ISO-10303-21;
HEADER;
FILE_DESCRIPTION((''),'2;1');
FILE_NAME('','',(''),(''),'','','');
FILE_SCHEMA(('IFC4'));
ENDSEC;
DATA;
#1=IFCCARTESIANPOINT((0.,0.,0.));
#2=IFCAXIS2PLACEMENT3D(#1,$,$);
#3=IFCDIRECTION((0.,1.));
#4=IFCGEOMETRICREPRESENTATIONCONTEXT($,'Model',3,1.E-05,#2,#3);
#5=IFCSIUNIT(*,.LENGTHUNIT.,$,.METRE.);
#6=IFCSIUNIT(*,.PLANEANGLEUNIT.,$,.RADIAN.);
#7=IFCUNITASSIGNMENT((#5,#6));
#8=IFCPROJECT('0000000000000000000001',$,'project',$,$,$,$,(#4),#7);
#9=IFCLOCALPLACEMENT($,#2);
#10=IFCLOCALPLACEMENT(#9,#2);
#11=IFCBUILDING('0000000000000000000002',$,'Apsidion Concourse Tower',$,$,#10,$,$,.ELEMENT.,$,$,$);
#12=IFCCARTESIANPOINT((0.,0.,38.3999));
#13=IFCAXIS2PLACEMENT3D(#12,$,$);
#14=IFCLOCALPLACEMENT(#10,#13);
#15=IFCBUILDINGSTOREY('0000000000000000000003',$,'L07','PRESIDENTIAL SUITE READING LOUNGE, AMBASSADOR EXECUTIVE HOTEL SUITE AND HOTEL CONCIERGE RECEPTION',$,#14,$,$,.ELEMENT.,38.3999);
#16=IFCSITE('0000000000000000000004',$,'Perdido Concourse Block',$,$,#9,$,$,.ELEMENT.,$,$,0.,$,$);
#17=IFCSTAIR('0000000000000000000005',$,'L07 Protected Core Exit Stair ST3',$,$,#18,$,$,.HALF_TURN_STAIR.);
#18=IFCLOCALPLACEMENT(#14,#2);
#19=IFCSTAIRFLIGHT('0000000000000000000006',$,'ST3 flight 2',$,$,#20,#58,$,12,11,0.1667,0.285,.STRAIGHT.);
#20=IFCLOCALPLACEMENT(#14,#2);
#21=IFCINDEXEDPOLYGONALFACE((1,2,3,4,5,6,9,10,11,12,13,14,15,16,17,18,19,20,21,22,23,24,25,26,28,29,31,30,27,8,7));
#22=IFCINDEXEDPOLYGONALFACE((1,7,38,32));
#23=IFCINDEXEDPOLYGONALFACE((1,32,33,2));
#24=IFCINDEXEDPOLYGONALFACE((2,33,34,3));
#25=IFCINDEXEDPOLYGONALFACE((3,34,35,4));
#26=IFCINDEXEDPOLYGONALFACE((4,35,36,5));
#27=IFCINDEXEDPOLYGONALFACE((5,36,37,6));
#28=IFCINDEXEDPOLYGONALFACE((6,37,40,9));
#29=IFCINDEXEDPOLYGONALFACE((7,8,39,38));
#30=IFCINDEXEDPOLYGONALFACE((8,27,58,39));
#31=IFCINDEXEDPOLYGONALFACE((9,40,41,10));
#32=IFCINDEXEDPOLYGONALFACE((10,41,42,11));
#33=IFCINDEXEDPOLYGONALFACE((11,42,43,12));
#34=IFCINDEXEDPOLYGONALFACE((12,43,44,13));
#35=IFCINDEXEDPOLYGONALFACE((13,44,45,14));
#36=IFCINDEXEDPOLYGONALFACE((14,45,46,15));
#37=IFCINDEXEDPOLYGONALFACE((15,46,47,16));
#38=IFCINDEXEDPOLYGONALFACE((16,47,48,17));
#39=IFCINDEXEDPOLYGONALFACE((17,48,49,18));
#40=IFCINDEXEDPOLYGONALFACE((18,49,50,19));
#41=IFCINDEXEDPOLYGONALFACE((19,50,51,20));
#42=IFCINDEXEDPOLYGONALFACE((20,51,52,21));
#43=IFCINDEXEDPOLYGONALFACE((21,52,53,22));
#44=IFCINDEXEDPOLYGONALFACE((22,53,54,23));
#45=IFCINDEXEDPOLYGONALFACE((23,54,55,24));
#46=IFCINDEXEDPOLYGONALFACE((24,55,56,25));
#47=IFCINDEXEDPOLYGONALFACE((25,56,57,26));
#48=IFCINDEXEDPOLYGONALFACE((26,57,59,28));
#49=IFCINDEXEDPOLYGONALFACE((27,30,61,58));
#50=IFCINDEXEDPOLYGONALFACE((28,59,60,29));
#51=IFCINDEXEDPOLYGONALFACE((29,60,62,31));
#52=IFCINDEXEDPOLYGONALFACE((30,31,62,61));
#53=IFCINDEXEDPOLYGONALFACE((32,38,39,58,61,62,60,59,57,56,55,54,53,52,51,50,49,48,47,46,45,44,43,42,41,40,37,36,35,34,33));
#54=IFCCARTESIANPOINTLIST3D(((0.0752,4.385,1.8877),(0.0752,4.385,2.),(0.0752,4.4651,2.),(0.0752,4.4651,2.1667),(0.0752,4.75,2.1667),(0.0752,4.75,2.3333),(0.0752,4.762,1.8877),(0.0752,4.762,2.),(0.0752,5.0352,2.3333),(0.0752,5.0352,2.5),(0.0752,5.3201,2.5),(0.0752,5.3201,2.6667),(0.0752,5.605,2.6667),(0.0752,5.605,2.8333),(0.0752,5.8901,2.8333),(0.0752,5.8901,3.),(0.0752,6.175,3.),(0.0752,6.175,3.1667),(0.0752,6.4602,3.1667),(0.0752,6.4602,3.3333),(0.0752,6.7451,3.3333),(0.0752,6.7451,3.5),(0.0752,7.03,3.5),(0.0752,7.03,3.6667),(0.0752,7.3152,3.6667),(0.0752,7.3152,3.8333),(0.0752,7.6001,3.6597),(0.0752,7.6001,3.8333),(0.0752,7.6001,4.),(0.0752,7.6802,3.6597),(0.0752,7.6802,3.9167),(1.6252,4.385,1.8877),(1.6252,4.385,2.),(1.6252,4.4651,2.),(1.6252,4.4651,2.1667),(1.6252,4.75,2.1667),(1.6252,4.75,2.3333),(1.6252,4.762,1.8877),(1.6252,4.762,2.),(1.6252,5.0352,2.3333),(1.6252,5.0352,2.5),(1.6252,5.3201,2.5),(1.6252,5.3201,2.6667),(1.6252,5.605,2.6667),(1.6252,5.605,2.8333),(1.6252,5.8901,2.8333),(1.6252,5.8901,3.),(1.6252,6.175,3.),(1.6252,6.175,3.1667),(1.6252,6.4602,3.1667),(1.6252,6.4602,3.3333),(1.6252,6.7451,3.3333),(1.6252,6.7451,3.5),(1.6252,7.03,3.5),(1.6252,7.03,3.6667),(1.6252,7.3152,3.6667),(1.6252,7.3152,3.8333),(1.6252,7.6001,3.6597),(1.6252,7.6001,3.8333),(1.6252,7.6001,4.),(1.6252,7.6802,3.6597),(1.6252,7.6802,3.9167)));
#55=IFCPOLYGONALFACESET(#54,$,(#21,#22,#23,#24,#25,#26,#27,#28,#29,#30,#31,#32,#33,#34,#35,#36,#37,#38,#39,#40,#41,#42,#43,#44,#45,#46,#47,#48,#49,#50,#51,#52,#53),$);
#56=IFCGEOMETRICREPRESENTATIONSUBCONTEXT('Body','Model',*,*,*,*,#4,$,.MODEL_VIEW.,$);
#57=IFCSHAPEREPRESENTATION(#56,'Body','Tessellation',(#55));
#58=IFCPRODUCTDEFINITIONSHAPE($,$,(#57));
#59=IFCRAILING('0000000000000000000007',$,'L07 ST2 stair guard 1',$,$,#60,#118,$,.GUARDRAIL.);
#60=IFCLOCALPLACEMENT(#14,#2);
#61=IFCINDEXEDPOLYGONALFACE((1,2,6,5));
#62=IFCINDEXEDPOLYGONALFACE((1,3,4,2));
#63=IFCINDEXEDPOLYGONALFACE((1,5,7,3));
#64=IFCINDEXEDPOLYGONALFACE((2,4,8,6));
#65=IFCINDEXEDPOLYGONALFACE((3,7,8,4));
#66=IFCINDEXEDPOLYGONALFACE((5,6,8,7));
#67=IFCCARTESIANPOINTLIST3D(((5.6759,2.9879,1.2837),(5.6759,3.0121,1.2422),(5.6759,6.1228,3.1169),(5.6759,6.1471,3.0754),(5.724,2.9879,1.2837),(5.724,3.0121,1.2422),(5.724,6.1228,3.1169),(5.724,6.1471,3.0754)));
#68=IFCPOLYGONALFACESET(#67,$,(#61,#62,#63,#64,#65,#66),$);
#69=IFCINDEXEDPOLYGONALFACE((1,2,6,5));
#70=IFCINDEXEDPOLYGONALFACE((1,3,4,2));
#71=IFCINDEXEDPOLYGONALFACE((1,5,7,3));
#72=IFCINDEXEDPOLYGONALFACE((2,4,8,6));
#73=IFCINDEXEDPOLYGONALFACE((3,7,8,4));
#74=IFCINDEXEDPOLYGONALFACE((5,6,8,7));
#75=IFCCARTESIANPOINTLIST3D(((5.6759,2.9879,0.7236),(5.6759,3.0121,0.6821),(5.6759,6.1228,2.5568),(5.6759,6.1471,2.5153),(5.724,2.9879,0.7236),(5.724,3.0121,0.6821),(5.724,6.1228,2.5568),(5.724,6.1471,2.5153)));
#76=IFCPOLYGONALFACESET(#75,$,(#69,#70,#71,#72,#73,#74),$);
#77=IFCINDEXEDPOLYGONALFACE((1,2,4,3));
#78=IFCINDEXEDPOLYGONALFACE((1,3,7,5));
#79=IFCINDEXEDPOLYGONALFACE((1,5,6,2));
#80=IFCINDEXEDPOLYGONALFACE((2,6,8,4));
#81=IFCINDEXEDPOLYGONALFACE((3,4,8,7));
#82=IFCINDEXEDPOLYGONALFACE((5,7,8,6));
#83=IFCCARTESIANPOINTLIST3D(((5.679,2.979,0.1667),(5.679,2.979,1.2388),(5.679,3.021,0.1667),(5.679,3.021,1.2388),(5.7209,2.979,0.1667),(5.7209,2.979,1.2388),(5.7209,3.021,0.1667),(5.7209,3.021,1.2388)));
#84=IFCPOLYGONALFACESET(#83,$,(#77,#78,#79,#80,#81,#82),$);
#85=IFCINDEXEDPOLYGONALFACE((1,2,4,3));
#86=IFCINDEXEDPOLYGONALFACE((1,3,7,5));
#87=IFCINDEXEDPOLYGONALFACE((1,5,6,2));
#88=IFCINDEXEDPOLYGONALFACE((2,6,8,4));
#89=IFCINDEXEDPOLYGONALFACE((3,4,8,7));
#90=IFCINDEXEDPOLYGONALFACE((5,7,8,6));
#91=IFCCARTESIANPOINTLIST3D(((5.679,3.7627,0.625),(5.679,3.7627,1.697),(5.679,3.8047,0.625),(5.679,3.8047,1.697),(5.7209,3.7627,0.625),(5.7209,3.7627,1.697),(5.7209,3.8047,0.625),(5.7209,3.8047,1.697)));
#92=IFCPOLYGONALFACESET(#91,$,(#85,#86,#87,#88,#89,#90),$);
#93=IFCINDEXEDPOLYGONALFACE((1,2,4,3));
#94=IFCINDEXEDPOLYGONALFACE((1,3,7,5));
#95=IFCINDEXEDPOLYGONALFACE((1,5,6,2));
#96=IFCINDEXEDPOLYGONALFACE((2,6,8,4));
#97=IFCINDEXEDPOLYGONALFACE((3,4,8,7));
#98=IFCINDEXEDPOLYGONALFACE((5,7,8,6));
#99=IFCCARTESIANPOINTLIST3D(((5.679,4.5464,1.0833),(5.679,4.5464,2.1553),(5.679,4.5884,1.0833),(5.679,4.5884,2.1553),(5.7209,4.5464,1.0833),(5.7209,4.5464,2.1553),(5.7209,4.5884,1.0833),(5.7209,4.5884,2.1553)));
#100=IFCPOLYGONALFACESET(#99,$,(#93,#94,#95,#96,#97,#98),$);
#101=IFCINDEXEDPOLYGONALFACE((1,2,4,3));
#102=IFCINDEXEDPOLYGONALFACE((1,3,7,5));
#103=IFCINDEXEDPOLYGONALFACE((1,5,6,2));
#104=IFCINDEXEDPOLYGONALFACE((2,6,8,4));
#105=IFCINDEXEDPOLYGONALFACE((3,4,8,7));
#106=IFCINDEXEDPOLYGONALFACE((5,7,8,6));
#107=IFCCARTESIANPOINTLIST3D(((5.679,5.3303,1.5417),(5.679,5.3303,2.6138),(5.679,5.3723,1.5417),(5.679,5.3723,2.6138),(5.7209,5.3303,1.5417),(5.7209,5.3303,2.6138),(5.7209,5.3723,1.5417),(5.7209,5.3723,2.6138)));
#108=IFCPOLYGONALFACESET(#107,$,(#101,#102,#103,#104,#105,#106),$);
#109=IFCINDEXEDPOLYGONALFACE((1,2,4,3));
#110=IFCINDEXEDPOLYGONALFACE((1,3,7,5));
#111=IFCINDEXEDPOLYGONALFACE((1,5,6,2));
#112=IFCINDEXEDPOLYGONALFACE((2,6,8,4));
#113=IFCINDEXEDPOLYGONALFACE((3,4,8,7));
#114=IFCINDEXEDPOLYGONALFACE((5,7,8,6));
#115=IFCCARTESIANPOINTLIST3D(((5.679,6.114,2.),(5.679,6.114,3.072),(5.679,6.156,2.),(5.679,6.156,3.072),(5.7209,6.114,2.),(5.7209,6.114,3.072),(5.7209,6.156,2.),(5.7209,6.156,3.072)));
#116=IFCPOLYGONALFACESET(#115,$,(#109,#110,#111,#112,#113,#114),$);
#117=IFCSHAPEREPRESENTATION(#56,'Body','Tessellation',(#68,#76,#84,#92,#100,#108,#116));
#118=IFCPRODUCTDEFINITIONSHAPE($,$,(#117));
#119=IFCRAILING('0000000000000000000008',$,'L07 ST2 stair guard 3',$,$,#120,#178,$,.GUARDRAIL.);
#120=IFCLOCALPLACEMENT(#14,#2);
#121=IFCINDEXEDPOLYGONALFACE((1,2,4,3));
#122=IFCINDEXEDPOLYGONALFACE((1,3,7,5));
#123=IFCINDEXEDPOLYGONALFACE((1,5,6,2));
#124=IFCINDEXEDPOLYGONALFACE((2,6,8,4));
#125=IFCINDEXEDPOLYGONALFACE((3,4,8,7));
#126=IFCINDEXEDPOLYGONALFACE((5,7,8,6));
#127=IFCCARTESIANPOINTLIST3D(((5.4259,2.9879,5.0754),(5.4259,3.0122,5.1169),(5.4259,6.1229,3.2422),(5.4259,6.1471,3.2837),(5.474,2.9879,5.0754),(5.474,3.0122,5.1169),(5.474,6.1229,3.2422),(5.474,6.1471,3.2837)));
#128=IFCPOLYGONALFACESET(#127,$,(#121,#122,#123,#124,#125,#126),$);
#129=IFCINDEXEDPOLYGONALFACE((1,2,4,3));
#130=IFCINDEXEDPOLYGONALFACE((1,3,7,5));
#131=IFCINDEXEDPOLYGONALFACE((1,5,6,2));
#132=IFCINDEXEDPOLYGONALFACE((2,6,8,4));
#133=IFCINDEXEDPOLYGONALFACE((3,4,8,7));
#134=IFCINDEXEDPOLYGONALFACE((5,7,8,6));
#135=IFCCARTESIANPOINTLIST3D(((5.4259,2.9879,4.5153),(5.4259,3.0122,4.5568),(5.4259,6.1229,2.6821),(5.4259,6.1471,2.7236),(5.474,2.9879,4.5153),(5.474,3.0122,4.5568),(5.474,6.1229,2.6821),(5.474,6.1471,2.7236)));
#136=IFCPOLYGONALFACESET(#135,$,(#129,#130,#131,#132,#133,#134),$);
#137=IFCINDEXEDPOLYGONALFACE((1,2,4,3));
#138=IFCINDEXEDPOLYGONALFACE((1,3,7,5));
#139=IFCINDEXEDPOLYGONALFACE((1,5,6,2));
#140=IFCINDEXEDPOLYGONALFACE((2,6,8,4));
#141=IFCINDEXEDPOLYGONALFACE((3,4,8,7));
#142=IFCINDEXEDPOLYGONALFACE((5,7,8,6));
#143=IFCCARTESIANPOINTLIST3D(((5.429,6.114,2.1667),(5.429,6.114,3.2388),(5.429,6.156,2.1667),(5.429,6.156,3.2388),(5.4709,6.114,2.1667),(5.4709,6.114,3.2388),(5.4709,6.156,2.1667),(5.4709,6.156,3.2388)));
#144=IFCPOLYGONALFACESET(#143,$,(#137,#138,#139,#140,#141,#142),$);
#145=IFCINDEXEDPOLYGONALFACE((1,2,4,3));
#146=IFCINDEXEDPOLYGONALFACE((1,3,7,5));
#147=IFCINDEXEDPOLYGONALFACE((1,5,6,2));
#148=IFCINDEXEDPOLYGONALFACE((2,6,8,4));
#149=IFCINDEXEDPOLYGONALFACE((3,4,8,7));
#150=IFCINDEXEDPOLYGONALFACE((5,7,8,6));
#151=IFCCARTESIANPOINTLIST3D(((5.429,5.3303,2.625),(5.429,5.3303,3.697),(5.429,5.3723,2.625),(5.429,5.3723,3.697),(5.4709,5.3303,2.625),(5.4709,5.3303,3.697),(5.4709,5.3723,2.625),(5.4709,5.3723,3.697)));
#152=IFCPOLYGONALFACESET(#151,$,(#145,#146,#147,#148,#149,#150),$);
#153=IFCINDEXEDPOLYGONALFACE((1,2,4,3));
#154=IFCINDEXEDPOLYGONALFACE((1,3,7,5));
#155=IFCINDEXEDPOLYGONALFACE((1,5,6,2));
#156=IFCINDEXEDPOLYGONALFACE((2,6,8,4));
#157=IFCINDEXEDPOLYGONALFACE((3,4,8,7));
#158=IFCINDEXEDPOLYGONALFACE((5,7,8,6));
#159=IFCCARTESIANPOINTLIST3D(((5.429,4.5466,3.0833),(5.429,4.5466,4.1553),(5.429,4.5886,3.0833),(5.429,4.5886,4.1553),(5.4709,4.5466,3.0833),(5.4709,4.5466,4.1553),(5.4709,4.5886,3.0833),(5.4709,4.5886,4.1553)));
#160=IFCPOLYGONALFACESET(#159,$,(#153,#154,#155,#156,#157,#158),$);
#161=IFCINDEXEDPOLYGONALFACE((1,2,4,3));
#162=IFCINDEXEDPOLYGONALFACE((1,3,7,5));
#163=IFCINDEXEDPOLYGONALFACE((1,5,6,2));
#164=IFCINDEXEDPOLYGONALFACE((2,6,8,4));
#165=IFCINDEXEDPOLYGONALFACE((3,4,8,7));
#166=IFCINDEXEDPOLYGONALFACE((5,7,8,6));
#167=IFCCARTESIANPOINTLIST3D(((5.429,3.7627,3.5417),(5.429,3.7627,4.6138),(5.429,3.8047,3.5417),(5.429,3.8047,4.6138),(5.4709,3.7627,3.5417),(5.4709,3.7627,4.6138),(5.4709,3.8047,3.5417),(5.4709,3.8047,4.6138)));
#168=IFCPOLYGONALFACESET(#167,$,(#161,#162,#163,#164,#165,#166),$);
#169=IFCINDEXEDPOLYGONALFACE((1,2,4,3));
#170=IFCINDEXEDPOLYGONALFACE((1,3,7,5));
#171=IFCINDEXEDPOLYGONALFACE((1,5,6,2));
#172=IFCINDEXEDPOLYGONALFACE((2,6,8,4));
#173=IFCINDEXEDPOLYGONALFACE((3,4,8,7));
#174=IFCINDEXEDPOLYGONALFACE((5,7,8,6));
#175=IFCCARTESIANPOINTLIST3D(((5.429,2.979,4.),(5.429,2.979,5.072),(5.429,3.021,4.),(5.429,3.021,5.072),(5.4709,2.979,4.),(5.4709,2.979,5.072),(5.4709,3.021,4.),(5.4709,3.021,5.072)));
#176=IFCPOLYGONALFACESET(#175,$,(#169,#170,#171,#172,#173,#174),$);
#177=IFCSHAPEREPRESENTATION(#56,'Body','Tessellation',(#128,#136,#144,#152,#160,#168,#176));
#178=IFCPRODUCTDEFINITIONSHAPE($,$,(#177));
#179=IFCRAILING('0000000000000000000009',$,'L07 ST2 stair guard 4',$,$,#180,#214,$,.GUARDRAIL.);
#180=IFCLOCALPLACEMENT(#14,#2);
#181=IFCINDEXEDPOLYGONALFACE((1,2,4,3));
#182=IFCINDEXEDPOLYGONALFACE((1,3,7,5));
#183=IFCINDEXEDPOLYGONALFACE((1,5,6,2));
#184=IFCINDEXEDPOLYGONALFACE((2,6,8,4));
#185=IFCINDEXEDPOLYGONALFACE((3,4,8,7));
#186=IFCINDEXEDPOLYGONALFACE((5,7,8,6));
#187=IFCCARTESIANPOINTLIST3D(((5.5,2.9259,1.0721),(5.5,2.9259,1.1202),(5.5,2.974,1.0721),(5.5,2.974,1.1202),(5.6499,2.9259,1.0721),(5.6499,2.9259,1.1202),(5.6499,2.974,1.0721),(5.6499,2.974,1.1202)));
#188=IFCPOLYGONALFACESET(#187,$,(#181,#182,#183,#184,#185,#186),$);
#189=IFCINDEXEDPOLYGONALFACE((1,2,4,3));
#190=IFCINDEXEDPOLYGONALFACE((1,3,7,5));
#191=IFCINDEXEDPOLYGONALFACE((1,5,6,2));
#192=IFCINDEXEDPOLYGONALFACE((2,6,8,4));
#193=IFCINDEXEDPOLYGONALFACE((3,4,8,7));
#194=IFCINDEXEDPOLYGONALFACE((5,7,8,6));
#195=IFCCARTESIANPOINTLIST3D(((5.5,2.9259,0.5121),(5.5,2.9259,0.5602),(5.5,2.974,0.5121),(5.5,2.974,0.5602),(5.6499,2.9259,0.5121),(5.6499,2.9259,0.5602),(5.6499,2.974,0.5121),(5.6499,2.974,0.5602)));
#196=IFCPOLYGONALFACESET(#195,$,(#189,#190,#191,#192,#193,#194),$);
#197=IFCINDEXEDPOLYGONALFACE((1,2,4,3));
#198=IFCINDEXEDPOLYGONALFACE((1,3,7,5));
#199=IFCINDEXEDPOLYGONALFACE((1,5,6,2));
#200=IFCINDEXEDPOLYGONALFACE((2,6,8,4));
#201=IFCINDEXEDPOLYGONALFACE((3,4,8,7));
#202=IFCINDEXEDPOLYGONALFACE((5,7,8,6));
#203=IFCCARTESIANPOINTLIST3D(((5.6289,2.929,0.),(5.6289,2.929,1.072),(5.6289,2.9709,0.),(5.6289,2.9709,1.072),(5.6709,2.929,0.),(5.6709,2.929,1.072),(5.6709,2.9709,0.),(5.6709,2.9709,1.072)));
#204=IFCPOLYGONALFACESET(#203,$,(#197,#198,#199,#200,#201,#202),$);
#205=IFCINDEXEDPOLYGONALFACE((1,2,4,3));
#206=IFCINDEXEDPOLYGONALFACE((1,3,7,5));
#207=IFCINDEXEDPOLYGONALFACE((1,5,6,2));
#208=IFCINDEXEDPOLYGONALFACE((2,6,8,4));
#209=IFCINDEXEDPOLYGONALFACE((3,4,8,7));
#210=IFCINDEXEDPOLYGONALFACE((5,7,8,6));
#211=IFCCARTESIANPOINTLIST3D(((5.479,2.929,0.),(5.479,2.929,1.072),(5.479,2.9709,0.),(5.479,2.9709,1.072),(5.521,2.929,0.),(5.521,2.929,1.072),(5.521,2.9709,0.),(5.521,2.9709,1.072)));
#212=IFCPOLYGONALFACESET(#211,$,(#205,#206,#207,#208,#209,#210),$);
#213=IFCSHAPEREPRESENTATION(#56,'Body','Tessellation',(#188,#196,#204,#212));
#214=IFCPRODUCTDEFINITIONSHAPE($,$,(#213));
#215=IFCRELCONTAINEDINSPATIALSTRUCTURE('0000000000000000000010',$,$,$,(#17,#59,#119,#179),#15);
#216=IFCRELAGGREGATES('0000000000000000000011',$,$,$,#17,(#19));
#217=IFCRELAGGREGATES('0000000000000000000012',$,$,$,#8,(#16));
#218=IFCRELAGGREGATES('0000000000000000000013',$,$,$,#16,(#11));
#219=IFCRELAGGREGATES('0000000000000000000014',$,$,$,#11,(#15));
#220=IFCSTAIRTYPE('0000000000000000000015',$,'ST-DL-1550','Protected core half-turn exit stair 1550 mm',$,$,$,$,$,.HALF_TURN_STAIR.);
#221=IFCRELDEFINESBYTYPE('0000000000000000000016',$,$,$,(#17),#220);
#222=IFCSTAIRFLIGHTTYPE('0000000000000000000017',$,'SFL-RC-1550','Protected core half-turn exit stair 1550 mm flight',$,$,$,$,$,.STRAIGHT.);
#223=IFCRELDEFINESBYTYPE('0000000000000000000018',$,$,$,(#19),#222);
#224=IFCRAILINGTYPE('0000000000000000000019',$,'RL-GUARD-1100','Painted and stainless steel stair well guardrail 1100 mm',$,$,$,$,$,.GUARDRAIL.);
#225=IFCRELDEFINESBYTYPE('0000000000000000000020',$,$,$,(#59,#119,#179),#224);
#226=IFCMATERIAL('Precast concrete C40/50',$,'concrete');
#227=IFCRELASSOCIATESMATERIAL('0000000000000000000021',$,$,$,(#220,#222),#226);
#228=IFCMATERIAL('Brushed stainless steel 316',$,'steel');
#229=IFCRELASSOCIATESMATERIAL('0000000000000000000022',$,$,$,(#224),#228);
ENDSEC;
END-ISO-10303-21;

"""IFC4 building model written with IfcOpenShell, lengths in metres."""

from ifc_helpers import new_model, si_unit, direction, frame, origin, origin_2d, place, context, subcontext, project, spatial, polyline, rectangle, outline, extrude, material, type_object, element, aggregate, save


model = new_model("IFC4")

# Units and contexts
model_context = context("Model", 3, precision=1e-05, world=origin(), true_north=direction((0.0, 1.0)))
body_context = subcontext(model_context, "Body", "Model", "MODEL_VIEW")
ifc_project = project(units=[si_unit("LENGTHUNIT", "METRE"), si_unit("PLANEANGLEUNIT", "RADIAN")], contexts=[model_context])

# Site, building, storey
site_placement = place(None, origin())
site = spatial("IfcSite", under=ifc_project, at=site_placement, Name="Perdido Concourse Block", CompositionType="ELEMENT", RefElevation=0.0)
building_placement = place(site_placement, origin())
building = spatial("IfcBuilding", under=site, at=building_placement, Name="Apsidion Concourse Tower", CompositionType="ELEMENT")
storey_placement = place(building_placement, frame((0.0, 0.0, 38.3999)))
storey = spatial("IfcBuildingStorey", under=building, at=storey_placement, Name="L07", Description="PRESIDENTIAL SUITE READING LOUNGE, AMBASSADOR EXECUTIVE HOTEL SUITE AND HOTEL CONCIERGE RECEPTION", CompositionType="ELEMENT", Elevation=38.3999)

# Shared definitions
ifc_material_1 = material(Name="Precast concrete C40/50", Category="concrete")
stair_type = type_object("IfcStairType", Name="ST-DL-1550", Description="Protected core half-turn exit stair 1550 mm", PredefinedType="HALF_TURN_STAIR", material=ifc_material_1)
stair_flight_type = type_object("IfcStairFlightType", Name="SFL-RC-1550", Description="Protected core half-turn exit stair 1550 mm flight", PredefinedType="STRAIGHT", material=ifc_material_1)

# Stair, stair flight
stair_1_placement = place(storey_placement, origin())
stair_1 = element("IfcStair", 1, at=stair_1_placement, inside=storey, type_object=stair_type, Name="L07 Protected Core Exit Stair ST3", PredefinedType="HALF_TURN_STAIR")
stair_flight_1_placement = place(storey_placement, frame((0.8501, 4.4651, 2.0), z_axis=(0.0, 0.0, 1.0), x_axis=(0.0, 1.0, 0.0)))
stair_flight_1 = element("IfcStairFlight", 2, at=stair_flight_1_placement, type_object=stair_flight_type, Name="ST3 flight 2", NumberOfRisers=12, NumberOfTreads=11, PredefinedType="STRAIGHT", RiserHeight=0.1667, TreadLength=0.285, context=body_context, shape_type="SweptSolid", body=[
    extrude(outline(polyline([(-0.0801, -0.1123), (-0.0801, 0.0), (0.0, 0.0), (0.0, 0.1667), (0.2849, 0.1667), (0.2849, 0.3333), (0.5701, 0.3333), (0.5701, 0.5), (0.855, 0.5), (0.855, 0.6667), (1.1399, 0.6667), (1.1399, 0.8333), (1.425, 0.8333), (1.425, 1.0), (1.71, 1.0), (1.71, 1.1667), (1.9951, 1.1667), (1.9951, 1.3333), (2.28, 1.3333), (2.28, 1.5), (2.5649, 1.5), (2.5649, 1.6667), (2.8501, 1.6667), (2.8501, 1.8333), (3.135, 1.8333), (3.135, 2.0), (3.2151, 1.9167), (3.2151, 1.6597), (3.135, 1.6597), (0.2969, 0.0), (0.2969, -0.1123), (-0.0801, -0.1123)])), frame((0.0, 0.7749, 0.0), z_axis=(0.0, -1.0, 0.0), x_axis=(1.0, 0.0, 0.0)), (0.0, 0.0, 1.0), 1.55),
])
aggregate(stair_1, [stair_flight_1])

# Railings
ifc_material_2 = material(Name="Brushed stainless steel 316", Category="steel")
railing_type_1 = type_object("IfcRailingType", Name="RL-GUARD-1100", Description="Painted and stainless steel stair well guardrail 1100 mm", PredefinedType="GUARDRAIL", material=ifc_material_2)
railing_1_placement = place(storey_placement, frame((5.7, 3.0, 0.1667)))
element("IfcRailing", 3, at=railing_1_placement, inside=storey, type_object=railing_type_1, Name="L07 ST2 stair guard 1", PredefinedType="GUARDRAIL", context=body_context, shape_type="SweptSolid", body=[
    extrude(rectangle(XDim=0.0481, YDim=0.0481, at=origin_2d()), frame((0.0, 0.0, 1.0962), z_axis=(0.0, 0.86324, 0.504794), x_axis=(-1.0, 0.0, 0.0)), (0.0, 0.0, 1.0), 3.6316),
    extrude(rectangle(XDim=0.0481, YDim=0.0481, at=origin_2d()), frame((0.0, 0.0, 0.5361), z_axis=(0.0, 0.86324, 0.504794), x_axis=(-1.0, 0.0, 0.0)), (0.0, 0.0, 1.0), 3.6316),
    extrude(rectangle(XDim=0.042, YDim=0.042, at=origin_2d()), origin(), (0.0, 0.0, 1.0), 1.072),
    extrude(rectangle(XDim=0.042, YDim=0.042, at=origin_2d()), frame((0.0, 0.7837, 0.4583)), (0.0, 0.0, 1.0), 1.072),
    extrude(rectangle(XDim=0.042, YDim=0.042, at=origin_2d()), frame((0.0, 1.5674, 0.9165)), (0.0, 0.0, 1.0), 1.072),
    extrude(rectangle(XDim=0.042, YDim=0.042, at=origin_2d()), frame((0.0, 2.3513, 1.375)), (0.0, 0.0, 1.0), 1.072),
    extrude(rectangle(XDim=0.042, YDim=0.042, at=origin_2d()), frame((0.0, 3.135, 1.8333)), (0.0, 0.0, 1.0), 1.072),
])
railing_2_placement = place(storey_placement, frame((5.45, 6.135, 2.1667)))
element("IfcRailing", 4, at=railing_2_placement, inside=storey, type_object=railing_type_1, Name="L07 ST2 stair guard 3", PredefinedType="GUARDRAIL", context=body_context, shape_type="SweptSolid", body=[
    extrude(rectangle(XDim=0.0481, YDim=0.0481, at=origin_2d()), frame((0.0, 0.0, 1.0962), z_axis=(0.0, -0.86324, 0.504794), x_axis=(1.0, 0.0, 0.0)), (0.0, 0.0, 1.0), 3.6316),
    extrude(rectangle(XDim=0.0481, YDim=0.0481, at=origin_2d()), frame((0.0, 0.0, 0.5361), z_axis=(0.0, -0.86324, 0.504794), x_axis=(1.0, 0.0, 0.0)), (0.0, 0.0, 1.0), 3.6316),
    extrude(rectangle(XDim=0.042, YDim=0.042, at=origin_2d()), origin(), (0.0, 0.0, 1.0), 1.072),
    extrude(rectangle(XDim=0.042, YDim=0.042, at=origin_2d()), frame((0.0, -0.7837, 0.4583)), (0.0, 0.0, 1.0), 1.072),
    extrude(rectangle(XDim=0.042, YDim=0.042, at=origin_2d()), frame((0.0, -1.5674, 0.9165)), (0.0, 0.0, 1.0), 1.072),
    extrude(rectangle(XDim=0.042, YDim=0.042, at=origin_2d()), frame((0.0, -2.3513, 1.375)), (0.0, 0.0, 1.0), 1.072),
    extrude(rectangle(XDim=0.042, YDim=0.042, at=origin_2d()), frame((0.0, -3.135, 1.8333)), (0.0, 0.0, 1.0), 1.072),
])
railing_3_placement = place(storey_placement, frame((5.6499, 2.95, 0.0)))
element("IfcRailing", 5, at=railing_3_placement, inside=storey, type_object=railing_type_1, Name="L07 ST2 stair guard 4", PredefinedType="GUARDRAIL", context=body_context, shape_type="SweptSolid", body=[
    extrude(rectangle(XDim=0.0481, YDim=0.0481, at=origin_2d()), frame((0.0, 0.0, 1.0962), z_axis=(-1.0, 0.0, 0.0), x_axis=(0.0, -1.0, 0.0)), (0.0, 0.0, 1.0), 0.1499),
    extrude(rectangle(XDim=0.0481, YDim=0.0481, at=origin_2d()), frame((0.0, 0.0, 0.5361), z_axis=(-1.0, 0.0, 0.0), x_axis=(0.0, -1.0, 0.0)), (0.0, 0.0, 1.0), 0.1499),
    extrude(rectangle(XDim=0.042, YDim=0.042, at=origin_2d()), origin(), (0.0, 0.0, 1.0), 1.072),
    extrude(rectangle(XDim=0.042, YDim=0.042, at=origin_2d()), frame((-0.1499, 0.0, 0.0)), (0.0, 0.0, 1.0), 1.072),
])

save(model, "model.ifc")
